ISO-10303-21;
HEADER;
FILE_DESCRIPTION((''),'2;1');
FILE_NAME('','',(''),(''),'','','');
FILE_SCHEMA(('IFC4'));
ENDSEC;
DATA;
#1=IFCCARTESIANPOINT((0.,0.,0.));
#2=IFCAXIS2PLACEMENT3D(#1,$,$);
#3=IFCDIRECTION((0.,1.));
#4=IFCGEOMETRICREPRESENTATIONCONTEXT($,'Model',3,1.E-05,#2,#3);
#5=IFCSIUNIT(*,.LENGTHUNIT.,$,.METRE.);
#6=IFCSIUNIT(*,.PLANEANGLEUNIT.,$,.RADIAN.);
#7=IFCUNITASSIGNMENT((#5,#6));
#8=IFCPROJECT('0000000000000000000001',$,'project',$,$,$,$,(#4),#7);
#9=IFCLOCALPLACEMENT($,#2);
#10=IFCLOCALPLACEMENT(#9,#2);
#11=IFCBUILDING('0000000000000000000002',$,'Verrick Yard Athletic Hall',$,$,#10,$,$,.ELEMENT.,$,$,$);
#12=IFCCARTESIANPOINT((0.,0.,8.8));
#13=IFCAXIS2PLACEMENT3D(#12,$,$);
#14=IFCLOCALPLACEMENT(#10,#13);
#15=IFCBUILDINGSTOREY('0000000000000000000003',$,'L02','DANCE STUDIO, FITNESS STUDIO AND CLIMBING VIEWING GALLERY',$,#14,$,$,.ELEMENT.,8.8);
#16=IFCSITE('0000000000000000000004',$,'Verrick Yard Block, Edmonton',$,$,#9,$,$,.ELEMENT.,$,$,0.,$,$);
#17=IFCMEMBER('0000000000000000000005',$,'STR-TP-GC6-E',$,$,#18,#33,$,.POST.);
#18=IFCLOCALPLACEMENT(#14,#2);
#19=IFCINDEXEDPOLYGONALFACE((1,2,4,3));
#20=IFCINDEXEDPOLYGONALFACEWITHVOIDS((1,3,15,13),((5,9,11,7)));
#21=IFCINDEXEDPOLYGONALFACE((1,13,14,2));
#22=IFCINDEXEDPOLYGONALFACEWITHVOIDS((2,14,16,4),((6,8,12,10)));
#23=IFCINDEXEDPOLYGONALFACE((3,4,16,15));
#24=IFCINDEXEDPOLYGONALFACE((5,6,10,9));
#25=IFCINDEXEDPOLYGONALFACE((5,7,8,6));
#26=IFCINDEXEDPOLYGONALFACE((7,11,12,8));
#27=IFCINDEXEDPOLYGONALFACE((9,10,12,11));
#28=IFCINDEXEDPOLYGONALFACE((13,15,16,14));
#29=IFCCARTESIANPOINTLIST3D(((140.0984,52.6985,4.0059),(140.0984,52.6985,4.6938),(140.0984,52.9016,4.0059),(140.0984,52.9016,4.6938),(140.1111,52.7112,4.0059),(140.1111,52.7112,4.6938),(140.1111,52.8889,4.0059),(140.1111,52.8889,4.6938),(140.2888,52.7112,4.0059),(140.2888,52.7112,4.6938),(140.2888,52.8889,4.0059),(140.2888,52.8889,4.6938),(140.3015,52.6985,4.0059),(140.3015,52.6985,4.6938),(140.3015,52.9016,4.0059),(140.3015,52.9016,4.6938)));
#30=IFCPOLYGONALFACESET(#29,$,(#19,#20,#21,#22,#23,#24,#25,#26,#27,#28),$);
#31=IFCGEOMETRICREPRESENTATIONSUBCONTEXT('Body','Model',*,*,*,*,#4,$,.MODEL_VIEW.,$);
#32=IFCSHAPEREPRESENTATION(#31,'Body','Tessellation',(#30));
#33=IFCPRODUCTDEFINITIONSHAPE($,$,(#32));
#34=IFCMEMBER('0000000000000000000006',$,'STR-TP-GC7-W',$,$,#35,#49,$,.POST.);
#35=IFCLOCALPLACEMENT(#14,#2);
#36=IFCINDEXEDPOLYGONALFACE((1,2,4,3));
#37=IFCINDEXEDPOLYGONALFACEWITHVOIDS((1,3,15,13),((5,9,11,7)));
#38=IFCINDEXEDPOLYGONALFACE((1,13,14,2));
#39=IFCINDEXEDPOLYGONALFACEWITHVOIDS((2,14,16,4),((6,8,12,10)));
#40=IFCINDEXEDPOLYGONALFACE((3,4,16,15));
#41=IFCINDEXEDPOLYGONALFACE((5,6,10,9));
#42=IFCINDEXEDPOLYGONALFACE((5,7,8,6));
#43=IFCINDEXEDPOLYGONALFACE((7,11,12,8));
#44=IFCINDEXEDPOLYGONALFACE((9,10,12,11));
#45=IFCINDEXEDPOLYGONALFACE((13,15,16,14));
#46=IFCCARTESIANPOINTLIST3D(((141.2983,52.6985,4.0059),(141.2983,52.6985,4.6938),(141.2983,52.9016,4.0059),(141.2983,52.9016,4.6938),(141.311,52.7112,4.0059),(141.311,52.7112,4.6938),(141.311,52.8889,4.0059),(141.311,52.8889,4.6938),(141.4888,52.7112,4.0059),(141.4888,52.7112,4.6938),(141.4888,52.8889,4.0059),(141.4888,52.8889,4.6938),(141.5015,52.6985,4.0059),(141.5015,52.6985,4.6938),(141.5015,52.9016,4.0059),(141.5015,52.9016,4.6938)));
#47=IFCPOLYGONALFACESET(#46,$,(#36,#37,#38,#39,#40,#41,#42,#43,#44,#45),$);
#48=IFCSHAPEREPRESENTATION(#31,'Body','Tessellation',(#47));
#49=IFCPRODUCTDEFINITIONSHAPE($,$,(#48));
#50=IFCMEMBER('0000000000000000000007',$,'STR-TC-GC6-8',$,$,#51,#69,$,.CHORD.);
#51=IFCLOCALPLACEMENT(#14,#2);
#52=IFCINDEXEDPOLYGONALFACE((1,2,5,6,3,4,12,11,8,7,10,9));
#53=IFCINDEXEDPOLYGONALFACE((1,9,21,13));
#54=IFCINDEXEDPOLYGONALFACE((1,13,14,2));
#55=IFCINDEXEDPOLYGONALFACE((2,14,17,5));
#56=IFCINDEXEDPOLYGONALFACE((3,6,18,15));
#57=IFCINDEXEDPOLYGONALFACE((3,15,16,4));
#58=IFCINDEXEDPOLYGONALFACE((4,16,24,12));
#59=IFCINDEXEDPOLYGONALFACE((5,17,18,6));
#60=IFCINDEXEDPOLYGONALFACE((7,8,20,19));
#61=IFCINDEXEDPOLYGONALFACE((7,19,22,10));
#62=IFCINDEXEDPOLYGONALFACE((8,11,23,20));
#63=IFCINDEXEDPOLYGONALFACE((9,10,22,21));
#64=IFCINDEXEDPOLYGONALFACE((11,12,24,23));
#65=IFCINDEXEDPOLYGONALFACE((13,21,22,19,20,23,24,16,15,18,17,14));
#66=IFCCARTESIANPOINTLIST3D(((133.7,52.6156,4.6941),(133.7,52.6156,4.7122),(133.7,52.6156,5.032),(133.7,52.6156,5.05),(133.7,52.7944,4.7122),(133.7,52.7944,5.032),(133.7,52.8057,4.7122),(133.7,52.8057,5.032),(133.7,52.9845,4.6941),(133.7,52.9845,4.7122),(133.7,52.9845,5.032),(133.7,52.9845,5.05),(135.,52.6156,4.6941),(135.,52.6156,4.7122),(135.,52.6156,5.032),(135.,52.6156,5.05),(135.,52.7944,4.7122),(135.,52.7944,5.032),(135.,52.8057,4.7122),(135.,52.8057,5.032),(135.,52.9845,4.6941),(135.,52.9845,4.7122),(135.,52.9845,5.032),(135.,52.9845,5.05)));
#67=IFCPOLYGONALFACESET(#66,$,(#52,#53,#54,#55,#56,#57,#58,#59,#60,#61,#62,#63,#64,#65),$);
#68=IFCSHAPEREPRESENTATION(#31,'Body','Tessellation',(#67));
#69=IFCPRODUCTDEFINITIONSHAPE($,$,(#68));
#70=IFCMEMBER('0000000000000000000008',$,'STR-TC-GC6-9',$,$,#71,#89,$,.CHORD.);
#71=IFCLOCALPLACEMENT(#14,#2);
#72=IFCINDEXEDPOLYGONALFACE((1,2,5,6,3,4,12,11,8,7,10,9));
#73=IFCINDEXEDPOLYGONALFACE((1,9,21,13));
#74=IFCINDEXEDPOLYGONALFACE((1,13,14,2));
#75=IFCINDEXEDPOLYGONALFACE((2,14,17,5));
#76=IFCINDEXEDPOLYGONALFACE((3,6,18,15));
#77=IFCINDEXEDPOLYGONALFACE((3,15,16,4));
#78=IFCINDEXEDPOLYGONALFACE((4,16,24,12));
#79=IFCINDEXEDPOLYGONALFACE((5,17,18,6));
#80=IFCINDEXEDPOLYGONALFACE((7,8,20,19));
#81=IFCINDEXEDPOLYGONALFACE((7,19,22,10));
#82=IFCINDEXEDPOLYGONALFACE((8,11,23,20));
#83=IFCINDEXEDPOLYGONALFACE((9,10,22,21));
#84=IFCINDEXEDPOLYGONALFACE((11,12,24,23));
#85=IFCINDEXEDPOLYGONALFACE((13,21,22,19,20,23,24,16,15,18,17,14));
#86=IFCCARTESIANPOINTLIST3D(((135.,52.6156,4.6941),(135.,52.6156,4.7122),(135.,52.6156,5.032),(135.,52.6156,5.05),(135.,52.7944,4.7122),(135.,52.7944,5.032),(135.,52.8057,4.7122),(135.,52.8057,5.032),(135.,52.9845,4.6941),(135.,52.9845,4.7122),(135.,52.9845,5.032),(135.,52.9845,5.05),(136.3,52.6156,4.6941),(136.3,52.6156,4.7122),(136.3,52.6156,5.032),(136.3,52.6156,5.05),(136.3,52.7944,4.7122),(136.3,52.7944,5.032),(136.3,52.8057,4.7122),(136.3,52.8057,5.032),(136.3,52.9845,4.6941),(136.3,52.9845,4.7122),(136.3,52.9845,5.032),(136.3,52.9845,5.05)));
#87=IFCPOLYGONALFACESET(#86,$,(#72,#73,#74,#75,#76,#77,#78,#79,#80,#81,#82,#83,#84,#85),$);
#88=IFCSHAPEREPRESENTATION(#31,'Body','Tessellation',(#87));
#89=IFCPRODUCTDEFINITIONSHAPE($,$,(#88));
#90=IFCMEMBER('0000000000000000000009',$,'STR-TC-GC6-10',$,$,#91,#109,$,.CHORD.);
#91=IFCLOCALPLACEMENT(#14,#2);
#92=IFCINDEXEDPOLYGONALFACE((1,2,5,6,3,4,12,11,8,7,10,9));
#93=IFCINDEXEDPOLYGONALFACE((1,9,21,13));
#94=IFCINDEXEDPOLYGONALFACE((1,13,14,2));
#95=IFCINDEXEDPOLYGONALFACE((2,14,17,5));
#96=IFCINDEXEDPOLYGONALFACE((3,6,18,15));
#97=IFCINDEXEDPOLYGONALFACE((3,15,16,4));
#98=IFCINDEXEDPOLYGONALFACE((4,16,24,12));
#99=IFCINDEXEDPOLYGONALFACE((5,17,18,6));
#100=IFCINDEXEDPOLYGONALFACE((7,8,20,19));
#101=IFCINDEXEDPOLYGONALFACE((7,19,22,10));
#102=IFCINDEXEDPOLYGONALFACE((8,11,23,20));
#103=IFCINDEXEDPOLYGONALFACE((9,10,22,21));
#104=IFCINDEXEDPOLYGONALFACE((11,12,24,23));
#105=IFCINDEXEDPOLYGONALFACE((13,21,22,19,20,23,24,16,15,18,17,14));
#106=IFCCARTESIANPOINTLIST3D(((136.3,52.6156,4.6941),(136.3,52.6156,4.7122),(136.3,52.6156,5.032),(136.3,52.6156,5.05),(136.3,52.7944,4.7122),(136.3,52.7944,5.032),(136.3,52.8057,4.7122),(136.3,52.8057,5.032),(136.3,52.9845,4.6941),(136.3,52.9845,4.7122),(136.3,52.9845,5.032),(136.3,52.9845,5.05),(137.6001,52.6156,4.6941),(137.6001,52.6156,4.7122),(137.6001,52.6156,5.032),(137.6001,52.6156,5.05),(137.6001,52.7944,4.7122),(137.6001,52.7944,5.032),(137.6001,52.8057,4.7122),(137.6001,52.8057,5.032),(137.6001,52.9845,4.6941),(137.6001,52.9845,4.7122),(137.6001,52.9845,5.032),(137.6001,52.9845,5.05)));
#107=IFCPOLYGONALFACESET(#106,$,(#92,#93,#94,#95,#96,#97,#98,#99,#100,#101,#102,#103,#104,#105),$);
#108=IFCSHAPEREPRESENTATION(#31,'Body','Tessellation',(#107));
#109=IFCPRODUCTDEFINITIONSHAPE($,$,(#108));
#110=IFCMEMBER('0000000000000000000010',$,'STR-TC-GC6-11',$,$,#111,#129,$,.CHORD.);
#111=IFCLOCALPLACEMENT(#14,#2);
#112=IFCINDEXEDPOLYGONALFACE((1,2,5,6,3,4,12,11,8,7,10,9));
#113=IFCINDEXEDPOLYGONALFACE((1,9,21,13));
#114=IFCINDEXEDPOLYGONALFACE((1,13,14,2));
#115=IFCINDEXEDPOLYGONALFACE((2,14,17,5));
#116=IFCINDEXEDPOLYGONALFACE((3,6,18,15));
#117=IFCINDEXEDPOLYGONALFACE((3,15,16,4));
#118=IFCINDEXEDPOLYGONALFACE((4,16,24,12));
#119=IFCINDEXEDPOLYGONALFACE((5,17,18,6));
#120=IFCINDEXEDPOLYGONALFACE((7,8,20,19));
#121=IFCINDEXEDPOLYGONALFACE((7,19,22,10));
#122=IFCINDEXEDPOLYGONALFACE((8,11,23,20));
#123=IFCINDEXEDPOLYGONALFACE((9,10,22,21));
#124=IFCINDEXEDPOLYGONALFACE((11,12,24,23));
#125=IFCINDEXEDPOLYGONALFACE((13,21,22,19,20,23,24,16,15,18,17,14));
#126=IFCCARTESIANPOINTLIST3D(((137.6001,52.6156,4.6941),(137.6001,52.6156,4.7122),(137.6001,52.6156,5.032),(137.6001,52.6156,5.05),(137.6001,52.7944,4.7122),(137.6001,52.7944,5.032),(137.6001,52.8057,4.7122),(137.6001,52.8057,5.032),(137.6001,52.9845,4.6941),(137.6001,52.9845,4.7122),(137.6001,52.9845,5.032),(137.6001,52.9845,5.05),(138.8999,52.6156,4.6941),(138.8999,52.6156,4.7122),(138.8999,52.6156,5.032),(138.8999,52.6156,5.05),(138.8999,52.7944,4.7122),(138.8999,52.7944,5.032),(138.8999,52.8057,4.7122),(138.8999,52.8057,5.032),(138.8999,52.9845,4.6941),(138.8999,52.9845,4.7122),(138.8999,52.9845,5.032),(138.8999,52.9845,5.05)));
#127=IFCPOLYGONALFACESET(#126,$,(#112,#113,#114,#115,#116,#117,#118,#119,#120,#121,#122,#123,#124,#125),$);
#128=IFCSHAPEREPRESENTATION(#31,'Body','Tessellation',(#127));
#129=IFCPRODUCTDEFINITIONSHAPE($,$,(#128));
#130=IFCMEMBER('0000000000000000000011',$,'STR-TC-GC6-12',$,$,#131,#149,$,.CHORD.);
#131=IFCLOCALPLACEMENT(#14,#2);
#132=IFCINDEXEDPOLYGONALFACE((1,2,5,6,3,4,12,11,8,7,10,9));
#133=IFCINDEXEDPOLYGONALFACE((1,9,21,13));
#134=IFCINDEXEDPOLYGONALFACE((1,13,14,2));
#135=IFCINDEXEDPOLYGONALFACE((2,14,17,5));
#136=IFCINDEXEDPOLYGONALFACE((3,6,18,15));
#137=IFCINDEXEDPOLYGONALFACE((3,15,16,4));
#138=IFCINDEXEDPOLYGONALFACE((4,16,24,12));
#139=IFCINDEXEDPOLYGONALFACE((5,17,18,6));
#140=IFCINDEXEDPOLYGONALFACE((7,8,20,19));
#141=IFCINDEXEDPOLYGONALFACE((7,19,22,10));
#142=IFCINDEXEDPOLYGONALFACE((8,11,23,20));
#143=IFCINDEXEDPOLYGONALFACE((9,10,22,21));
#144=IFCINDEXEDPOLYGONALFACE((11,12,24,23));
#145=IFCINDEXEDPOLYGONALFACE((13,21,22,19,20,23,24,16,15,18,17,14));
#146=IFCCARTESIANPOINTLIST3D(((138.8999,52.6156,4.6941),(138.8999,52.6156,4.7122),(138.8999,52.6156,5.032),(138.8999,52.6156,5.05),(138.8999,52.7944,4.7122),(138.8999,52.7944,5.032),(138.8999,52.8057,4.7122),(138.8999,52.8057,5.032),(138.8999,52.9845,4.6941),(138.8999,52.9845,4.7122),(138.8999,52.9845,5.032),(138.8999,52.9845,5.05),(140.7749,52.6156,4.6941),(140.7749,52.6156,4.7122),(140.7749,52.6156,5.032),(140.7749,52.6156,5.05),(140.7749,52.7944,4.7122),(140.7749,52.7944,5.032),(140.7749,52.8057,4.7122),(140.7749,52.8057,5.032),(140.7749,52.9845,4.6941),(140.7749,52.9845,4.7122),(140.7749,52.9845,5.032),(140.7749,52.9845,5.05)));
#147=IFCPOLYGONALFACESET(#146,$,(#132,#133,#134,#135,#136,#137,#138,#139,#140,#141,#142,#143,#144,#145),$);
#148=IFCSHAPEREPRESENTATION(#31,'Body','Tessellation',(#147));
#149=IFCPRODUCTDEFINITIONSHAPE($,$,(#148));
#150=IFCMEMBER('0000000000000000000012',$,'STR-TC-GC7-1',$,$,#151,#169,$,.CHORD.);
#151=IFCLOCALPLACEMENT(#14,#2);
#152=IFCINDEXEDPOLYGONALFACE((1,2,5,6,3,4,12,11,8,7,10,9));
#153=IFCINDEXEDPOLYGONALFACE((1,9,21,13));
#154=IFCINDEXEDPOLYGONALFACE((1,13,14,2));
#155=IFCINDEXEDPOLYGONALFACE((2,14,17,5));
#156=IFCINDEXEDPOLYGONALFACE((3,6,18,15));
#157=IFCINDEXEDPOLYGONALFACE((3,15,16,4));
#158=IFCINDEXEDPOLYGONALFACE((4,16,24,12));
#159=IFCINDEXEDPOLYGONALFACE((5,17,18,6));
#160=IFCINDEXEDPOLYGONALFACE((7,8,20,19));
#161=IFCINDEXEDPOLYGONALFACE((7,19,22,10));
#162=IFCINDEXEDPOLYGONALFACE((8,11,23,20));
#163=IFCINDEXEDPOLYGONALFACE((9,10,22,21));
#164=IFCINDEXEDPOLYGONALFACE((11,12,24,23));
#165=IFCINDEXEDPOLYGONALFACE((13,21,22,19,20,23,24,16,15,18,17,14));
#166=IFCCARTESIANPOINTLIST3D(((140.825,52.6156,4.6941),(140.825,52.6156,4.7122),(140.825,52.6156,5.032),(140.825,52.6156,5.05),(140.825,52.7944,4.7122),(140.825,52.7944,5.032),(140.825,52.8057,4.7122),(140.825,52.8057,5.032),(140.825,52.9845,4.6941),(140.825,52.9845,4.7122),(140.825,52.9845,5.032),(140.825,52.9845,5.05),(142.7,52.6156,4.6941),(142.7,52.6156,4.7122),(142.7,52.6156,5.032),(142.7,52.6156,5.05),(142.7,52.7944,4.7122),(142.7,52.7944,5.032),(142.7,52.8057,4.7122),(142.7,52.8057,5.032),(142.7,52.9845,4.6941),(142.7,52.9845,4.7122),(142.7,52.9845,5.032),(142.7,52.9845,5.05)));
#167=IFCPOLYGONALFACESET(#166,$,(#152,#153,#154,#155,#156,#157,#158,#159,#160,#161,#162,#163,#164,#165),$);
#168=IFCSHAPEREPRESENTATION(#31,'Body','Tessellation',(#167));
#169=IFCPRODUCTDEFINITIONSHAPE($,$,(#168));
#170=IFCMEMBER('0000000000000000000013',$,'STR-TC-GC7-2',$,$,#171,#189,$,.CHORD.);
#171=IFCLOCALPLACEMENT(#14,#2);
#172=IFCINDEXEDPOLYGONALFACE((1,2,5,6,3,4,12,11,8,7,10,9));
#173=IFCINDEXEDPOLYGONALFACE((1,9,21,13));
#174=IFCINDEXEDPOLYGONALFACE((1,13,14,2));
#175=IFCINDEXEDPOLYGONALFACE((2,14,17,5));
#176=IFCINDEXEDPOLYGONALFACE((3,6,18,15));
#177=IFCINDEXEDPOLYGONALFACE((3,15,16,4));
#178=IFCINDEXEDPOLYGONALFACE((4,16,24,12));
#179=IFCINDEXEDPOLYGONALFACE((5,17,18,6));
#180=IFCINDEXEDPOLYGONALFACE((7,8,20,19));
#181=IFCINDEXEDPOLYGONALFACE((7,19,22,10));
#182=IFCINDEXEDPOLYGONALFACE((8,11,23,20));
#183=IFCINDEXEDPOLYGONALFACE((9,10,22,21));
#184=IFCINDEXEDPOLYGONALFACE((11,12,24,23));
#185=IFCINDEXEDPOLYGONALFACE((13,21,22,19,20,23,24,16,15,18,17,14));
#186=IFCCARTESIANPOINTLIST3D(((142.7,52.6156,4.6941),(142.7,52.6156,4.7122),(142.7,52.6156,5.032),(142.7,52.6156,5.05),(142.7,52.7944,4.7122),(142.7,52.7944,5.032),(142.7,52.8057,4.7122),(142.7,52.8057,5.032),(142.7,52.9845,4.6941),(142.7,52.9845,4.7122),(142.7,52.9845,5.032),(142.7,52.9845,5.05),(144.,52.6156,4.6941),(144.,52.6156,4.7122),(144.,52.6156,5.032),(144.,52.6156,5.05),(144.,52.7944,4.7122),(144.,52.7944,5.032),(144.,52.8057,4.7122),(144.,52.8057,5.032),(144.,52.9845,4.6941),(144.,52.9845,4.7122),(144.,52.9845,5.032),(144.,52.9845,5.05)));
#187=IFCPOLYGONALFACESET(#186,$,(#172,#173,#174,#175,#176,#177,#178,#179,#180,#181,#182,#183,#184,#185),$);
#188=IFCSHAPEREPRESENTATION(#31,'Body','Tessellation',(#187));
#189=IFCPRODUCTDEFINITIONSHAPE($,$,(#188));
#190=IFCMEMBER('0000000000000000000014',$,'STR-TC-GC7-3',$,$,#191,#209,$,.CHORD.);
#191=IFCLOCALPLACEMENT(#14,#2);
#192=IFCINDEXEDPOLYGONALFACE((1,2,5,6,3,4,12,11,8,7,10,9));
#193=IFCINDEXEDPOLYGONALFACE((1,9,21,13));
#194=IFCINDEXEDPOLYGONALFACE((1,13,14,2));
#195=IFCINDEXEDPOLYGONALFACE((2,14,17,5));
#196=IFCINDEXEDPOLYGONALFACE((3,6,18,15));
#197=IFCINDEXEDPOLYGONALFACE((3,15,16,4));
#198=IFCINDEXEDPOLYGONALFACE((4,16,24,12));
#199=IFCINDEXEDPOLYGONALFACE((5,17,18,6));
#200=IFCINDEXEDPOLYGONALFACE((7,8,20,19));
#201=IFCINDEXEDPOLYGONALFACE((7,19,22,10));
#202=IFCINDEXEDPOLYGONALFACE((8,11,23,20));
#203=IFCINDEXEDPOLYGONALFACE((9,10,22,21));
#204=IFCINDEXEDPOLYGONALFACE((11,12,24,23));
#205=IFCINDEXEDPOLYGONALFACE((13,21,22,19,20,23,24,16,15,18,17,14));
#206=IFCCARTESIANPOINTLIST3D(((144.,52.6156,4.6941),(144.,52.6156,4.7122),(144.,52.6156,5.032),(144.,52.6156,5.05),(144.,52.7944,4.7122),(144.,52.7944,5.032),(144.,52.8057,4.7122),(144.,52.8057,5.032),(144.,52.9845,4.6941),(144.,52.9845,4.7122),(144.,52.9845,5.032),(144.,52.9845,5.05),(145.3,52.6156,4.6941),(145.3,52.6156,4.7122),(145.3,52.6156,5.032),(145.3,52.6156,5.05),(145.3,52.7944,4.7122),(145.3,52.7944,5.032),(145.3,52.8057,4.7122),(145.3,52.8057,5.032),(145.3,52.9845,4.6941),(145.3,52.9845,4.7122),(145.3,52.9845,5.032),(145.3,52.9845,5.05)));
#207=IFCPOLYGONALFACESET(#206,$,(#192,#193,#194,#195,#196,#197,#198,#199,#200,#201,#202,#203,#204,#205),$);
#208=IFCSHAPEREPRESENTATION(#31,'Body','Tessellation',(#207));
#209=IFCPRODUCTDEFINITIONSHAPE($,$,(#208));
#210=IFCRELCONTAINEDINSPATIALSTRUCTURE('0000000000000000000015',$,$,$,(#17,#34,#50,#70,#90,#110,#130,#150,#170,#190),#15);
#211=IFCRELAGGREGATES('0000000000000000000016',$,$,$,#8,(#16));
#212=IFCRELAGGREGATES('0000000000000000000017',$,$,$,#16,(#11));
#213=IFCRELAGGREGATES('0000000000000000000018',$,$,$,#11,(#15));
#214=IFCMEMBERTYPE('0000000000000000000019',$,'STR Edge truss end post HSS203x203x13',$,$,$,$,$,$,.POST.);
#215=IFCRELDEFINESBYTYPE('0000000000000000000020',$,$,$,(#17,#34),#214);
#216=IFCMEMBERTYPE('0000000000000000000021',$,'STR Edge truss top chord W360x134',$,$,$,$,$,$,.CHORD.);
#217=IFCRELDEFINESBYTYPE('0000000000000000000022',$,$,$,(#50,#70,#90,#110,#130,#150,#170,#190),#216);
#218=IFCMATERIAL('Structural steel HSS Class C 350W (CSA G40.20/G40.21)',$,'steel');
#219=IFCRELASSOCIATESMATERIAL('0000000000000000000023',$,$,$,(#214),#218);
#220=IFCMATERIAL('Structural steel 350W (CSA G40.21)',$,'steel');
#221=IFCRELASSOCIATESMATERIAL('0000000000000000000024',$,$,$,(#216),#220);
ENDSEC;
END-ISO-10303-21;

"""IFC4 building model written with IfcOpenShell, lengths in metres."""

from ifc_helpers import new_model, si_unit, direction, frame, origin, origin_2d, place, context, subcontext, project, spatial, hollow_rectangle, i_section, extrude, material, material_profile, profile_set, type_object, element, save


model = new_model("IFC4")

# Units and contexts
model_context = context("Model", 3, precision=1e-05, world=origin(), true_north=direction((0.0, 1.0)))
body_context = subcontext(model_context, "Body", "Model", "MODEL_VIEW")
ifc_project = project(units=[si_unit("LENGTHUNIT", "METRE"), si_unit("PLANEANGLEUNIT", "RADIAN")], contexts=[model_context])

# Site, building, storey
site_placement = place(None, origin())
site = spatial("IfcSite", under=ifc_project, at=site_placement, Name="Verrick Yard Block, Edmonton", CompositionType="ELEMENT", RefElevation=0.0)
building_placement = place(site_placement, origin())
building = spatial("IfcBuilding", under=site, at=building_placement, Name="Verrick Yard Athletic Hall", CompositionType="ELEMENT")
storey_placement = place(building_placement, frame((0.0, 0.0, 8.8)))
storey = spatial("IfcBuildingStorey", under=building, at=storey_placement, Name="L02", Description="DANCE STUDIO, FITNESS STUDIO AND CLIMBING VIEWING GALLERY", CompositionType="ELEMENT", Elevation=8.8)

# Members
ifc_material_1 = material(Name="Structural steel 350W (CSA G40.21)", Category="steel")
ifc_material_2 = material(Name="Structural steel HSS Class C 350W (CSA G40.20/G40.21)", Category="steel")
ifc_material_profile_1 = material_profile(ifc_material_2, hollow_rectangle(XDim=0.2031, YDim=0.2031, WallThickness=0.0127, at=origin_2d()), Name="HSS203x203x13")
ifc_profile_set_1 = profile_set([ifc_material_profile_1], Name="Structural steel HSS Class C 350W (CSA G40.20/G40.21)")
member_type_1 = type_object("IfcMemberType", Name="STR Edge truss end post HSS203x203x13", PredefinedType="POST", material=ifc_profile_set_1)
for number, where, z_axis, x_axis, name in (
    (1, (140.2, 52.8, 4.0059), (0.0, 0.0, 1.0), (1.0, 0.0, 0.0), "STR-TP-GC6-E"),
    (2, (141.3999, 52.8, 4.0059), (0.0, 0.0, 1.0), (1.0, 0.0, 0.0), "STR-TP-GC7-W"),
):
    element("IfcMember", number, at=place(storey_placement, frame(where, z_axis=z_axis, x_axis=x_axis)), inside=storey, type_object=member_type_1, Name=name, PredefinedType="POST", context=body_context, shape_type="SweptSolid", body=[
        extrude(hollow_rectangle(XDim=0.2031, YDim=0.2031, WallThickness=0.0127, at=origin_2d()), origin(), (0.0, 0.0, 1.0), 0.688),
    ])
ifc_material_profile_2 = material_profile(ifc_material_1, i_section(OverallWidth=0.3689, OverallDepth=0.356, WebThickness=0.0112, FlangeThickness=0.0181, at=origin_2d()), Name="W360x134")
ifc_profile_set_2 = profile_set([ifc_material_profile_2], Name="Structural steel 350W (CSA G40.21)")
member_type_2 = type_object("IfcMemberType", Name="STR Edge truss top chord W360x134", PredefinedType="CHORD", material=ifc_profile_set_2)
for number, where, z_axis, x_axis, name in (
    (3, (133.7, 52.8, 4.8721), (1.0, 0.0, 0.0), (0.0, 1.0, 0.0), "STR-TC-GC6-8"),
    (4, (135.0, 52.8, 4.8721), (1.0, 0.0, 0.0), (0.0, 1.0, 0.0), "STR-TC-GC6-9"),
    (5, (136.3, 52.8, 4.8721), (1.0, 0.0, 0.0), (0.0, 1.0, 0.0), "STR-TC-GC6-10"),
):
    element("IfcMember", number, at=place(storey_placement, frame(where, z_axis=z_axis, x_axis=x_axis)), inside=storey, type_object=member_type_2, Name=name, PredefinedType="CHORD", context=body_context, shape_type="SweptSolid", body=[
        extrude(i_section(OverallWidth=0.3689, OverallDepth=0.356, WebThickness=0.0112, FlangeThickness=0.0181, at=origin_2d()), origin(), (0.0, 0.0, 1.0), 1.3),
    ])
member_1_placement = place(storey_placement, frame((137.6001, 52.8, 4.8721), z_axis=(1.0, 0.0, 0.0), x_axis=(0.0, 1.0, 0.0)))
element("IfcMember", 6, at=member_1_placement, inside=storey, type_object=member_type_2, Name="STR-TC-GC6-11", PredefinedType="CHORD", context=body_context, shape_type="SweptSolid", body=[
    extrude(i_section(OverallWidth=0.3689, OverallDepth=0.356, WebThickness=0.0112, FlangeThickness=0.0181, at=origin_2d()), origin(), (0.0, 0.0, 1.0), 1.2998),
])
for number, where, z_axis, x_axis, name in (
    (7, (138.8999, 52.8, 4.8721), (1.0, 0.0, 0.0), (0.0, 1.0, 0.0), "STR-TC-GC6-12"),
    (8, (140.825, 52.8, 4.8721), (1.0, 0.0, 0.0), (0.0, 1.0, 0.0), "STR-TC-GC7-1"),
):
    element("IfcMember", number, at=place(storey_placement, frame(where, z_axis=z_axis, x_axis=x_axis)), inside=storey, type_object=member_type_2, Name=name, PredefinedType="CHORD", context=body_context, shape_type="SweptSolid", body=[
        extrude(i_section(OverallWidth=0.3689, OverallDepth=0.356, WebThickness=0.0112, FlangeThickness=0.0181, at=origin_2d()), origin(), (0.0, 0.0, 1.0), 1.875),
    ])
for number, where, z_axis, x_axis, name in (
    (9, (142.7, 52.8, 4.8721), (1.0, 0.0, 0.0), (0.0, 1.0, 0.0), "STR-TC-GC7-2"),
    (10, (144.0, 52.8, 4.8721), (1.0, 0.0, 0.0), (0.0, 1.0, 0.0), "STR-TC-GC7-3"),
):
    element("IfcMember", number, at=place(storey_placement, frame(where, z_axis=z_axis, x_axis=x_axis)), inside=storey, type_object=member_type_2, Name=name, PredefinedType="CHORD", context=body_context, shape_type="SweptSolid", body=[
        extrude(i_section(OverallWidth=0.3689, OverallDepth=0.356, WebThickness=0.0112, FlangeThickness=0.0181, at=origin_2d()), origin(), (0.0, 0.0, 1.0), 1.3),
    ])

save(model, "model.ifc")
